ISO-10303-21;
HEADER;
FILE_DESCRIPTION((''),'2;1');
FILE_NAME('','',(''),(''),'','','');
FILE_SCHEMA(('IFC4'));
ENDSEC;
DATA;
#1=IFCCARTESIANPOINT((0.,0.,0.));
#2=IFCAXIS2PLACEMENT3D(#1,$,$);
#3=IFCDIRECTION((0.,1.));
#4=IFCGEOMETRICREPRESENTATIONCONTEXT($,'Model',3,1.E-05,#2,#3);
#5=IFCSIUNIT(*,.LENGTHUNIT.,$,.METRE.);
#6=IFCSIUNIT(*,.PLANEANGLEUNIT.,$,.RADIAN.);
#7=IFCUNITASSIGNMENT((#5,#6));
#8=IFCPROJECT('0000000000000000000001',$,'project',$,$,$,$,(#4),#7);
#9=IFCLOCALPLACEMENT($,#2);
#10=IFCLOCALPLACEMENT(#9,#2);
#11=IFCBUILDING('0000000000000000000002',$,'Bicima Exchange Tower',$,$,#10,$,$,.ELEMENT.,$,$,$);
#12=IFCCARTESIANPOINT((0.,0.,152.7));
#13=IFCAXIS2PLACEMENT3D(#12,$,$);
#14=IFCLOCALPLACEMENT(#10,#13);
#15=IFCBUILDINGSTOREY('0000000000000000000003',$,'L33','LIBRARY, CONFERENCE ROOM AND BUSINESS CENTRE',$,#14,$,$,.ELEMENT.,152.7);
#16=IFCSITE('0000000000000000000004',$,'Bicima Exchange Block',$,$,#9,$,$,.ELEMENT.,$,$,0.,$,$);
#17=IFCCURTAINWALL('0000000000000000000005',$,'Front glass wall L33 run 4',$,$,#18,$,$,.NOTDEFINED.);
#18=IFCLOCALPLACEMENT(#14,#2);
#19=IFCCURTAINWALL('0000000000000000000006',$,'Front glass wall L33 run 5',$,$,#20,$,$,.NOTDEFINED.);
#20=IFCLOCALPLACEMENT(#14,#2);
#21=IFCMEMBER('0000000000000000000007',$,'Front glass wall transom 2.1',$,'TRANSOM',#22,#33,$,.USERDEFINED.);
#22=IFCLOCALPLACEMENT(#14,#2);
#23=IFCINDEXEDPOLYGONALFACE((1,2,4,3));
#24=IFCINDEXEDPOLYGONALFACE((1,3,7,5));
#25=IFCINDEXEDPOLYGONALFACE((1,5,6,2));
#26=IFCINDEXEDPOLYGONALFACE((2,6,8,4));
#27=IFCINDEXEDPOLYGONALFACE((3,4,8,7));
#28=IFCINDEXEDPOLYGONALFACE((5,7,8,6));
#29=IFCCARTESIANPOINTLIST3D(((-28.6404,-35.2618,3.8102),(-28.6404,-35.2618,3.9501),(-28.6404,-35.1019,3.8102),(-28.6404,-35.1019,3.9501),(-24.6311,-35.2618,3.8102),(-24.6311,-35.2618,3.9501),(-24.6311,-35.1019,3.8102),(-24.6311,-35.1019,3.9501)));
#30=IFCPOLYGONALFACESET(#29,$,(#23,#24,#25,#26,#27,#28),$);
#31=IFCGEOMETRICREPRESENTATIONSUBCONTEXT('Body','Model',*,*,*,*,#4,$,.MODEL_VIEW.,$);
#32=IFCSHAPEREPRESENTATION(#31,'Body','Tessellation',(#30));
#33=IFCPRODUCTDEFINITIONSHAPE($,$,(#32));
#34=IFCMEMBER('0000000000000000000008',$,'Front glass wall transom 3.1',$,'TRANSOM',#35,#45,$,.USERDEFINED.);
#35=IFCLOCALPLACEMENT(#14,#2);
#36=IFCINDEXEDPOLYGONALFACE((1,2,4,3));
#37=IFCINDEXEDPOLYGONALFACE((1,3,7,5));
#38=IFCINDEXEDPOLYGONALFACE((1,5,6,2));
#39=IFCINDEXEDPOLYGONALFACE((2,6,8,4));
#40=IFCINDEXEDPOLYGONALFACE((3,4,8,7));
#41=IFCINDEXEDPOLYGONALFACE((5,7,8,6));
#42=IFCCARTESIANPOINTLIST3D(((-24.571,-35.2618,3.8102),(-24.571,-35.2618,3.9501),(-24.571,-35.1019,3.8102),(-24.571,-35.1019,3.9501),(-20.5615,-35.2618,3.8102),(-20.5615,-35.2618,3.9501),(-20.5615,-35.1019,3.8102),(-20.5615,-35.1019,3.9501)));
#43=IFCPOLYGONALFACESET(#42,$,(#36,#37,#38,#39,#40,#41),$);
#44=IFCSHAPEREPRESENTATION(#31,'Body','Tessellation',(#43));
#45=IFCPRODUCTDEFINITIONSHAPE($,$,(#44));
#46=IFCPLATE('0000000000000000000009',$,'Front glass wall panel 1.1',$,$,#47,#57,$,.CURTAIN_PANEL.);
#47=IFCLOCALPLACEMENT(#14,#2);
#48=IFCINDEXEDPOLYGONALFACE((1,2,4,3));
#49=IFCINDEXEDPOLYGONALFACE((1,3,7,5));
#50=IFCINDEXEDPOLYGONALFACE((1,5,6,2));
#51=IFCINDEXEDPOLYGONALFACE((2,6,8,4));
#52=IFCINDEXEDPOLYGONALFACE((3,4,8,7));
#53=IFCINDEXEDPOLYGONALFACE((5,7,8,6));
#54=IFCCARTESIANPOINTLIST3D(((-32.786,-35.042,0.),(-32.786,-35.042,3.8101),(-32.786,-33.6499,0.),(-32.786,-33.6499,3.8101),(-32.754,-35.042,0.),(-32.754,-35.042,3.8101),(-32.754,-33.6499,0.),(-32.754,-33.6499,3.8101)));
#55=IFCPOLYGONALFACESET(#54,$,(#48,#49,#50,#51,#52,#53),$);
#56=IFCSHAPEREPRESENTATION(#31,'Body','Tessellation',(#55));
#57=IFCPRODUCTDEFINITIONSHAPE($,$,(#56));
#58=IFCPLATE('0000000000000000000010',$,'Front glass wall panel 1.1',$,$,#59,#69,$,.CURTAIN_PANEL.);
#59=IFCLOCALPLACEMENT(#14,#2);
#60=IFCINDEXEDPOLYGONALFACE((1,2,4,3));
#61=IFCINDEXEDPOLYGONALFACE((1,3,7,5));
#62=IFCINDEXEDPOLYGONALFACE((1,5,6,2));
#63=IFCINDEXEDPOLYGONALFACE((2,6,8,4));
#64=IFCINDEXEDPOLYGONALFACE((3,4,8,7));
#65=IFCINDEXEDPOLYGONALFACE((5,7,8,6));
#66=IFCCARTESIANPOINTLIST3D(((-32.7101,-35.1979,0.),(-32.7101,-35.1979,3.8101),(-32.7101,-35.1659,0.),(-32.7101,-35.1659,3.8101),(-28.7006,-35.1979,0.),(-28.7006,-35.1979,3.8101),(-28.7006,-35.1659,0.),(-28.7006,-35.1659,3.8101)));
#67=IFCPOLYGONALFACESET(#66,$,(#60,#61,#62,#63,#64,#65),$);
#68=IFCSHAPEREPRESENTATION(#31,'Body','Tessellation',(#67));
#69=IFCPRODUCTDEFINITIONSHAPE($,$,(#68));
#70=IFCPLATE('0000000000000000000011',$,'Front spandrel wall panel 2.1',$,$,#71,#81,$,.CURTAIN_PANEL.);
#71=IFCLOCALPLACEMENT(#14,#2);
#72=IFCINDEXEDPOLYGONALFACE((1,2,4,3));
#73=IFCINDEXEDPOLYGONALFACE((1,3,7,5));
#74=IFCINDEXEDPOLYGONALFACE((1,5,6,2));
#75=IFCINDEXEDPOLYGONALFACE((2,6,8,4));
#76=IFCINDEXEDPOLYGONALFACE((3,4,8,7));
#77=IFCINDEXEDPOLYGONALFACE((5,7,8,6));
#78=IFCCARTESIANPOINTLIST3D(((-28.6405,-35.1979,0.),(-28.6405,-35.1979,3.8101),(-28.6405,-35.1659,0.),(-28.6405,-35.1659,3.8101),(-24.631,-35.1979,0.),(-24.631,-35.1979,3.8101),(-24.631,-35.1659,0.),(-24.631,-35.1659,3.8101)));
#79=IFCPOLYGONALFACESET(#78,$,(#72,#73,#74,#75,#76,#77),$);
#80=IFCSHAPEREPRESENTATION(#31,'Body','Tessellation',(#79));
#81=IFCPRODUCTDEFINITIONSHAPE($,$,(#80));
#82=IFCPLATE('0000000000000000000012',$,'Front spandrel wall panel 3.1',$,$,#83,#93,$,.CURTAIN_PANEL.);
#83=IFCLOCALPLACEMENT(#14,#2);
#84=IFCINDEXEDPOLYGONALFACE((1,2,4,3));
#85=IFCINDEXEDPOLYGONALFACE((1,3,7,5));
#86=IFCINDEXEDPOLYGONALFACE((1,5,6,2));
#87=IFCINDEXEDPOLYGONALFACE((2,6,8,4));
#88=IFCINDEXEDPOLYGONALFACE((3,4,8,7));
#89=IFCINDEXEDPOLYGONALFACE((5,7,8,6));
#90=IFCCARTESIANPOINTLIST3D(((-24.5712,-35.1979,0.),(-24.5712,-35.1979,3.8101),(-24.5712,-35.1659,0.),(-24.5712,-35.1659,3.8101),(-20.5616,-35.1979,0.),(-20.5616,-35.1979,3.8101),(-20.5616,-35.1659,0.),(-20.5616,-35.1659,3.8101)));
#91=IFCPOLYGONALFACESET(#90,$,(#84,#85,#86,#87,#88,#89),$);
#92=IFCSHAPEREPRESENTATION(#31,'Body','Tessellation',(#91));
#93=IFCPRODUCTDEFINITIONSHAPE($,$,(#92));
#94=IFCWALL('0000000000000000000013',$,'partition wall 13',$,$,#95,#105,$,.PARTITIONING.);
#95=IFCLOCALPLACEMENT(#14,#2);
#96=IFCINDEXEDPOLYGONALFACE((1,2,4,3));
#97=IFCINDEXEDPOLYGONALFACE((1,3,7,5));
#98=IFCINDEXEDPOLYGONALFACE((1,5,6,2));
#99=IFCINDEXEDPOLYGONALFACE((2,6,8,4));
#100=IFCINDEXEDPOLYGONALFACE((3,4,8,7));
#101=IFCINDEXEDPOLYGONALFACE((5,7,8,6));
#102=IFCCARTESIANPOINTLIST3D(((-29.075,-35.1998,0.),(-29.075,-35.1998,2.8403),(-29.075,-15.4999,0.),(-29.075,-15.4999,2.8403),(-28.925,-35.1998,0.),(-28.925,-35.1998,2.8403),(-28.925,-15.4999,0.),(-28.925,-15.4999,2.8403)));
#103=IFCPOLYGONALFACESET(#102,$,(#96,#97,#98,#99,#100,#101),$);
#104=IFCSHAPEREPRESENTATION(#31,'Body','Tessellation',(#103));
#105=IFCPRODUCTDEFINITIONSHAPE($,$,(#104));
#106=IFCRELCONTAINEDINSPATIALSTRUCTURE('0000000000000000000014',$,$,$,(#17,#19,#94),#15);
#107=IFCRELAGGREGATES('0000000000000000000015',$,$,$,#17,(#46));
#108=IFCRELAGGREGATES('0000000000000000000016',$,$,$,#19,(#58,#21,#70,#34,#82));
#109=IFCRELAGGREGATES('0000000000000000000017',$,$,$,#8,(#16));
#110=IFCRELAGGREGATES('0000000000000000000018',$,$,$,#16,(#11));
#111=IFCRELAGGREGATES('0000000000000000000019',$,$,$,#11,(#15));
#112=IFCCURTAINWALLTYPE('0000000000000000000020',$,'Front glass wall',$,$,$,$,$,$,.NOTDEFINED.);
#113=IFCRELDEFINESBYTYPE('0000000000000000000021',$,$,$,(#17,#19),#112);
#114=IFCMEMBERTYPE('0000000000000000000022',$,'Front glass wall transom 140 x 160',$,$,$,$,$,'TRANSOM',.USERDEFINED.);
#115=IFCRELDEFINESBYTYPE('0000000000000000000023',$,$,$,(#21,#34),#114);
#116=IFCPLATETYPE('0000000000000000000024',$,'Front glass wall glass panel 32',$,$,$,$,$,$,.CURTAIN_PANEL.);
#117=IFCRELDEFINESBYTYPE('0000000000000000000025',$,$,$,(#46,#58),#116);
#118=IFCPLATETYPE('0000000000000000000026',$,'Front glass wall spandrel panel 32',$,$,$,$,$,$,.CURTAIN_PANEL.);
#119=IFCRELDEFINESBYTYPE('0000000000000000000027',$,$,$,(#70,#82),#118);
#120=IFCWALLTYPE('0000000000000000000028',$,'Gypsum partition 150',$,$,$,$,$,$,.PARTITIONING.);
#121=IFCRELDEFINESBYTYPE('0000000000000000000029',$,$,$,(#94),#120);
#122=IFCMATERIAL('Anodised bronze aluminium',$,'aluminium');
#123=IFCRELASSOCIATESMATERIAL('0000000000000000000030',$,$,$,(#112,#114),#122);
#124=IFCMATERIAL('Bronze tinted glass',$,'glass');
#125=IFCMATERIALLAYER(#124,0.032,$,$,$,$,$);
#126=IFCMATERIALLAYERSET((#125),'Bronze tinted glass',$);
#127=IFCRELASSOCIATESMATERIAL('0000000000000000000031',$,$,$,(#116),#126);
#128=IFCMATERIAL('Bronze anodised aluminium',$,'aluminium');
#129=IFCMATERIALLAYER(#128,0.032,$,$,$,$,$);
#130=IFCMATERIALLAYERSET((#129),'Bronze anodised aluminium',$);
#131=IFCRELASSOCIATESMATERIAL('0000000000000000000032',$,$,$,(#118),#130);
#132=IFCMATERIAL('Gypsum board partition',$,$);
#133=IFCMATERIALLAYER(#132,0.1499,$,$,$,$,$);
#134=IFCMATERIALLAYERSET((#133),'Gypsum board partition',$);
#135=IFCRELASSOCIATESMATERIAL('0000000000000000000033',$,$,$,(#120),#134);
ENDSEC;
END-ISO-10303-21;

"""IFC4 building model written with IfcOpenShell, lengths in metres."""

from ifc_helpers import new_model, si_unit, direction, frame, frame_2d, origin, origin_2d, place, context, subcontext, project, spatial, rectangle, extrude, material, layer, layer_set, material_profile, profile_set, type_object, element, aggregate, save


model = new_model("IFC4")

# Units and contexts
model_context = context("Model", 3, precision=1e-05, world=origin(), true_north=direction((0.0, 1.0)))
body_context = subcontext(model_context, "Body", "Model", "MODEL_VIEW")
ifc_project = project(units=[si_unit("LENGTHUNIT", "METRE"), si_unit("PLANEANGLEUNIT", "RADIAN")], contexts=[model_context])

# Site, building, storey
site_placement = place(None, origin())
site = spatial("IfcSite", under=ifc_project, at=site_placement, Name="Bicima Exchange Block", CompositionType="ELEMENT", RefElevation=0.0)
building_placement = place(site_placement, origin())
building = spatial("IfcBuilding", under=site, at=building_placement, Name="Bicima Exchange Tower", CompositionType="ELEMENT")
storey_placement = place(building_placement, frame((0.0, 0.0, 152.7)))
storey = spatial("IfcBuildingStorey", under=building, at=storey_placement, Name="L33", Description="LIBRARY, CONFERENCE ROOM AND BUSINESS CENTRE", CompositionType="ELEMENT", Elevation=152.7)

# Curtain walls
ifc_material_1 = material(Name="Anodised bronze aluminium", Category="aluminium")
curtain_wall_type = type_object("IfcCurtainWallType", Name="Front glass wall", PredefinedType="NOTDEFINED", material=ifc_material_1)
curtain_wall_1_placement = place(storey_placement, origin())
curtain_wall_1 = element("IfcCurtainWall", 1, at=curtain_wall_1_placement, inside=storey, type_object=curtain_wall_type, Name="Front glass wall L33 run 4", PredefinedType="NOTDEFINED")
curtain_wall_2_placement = place(storey_placement, origin())
curtain_wall_2 = element("IfcCurtainWall", 2, at=curtain_wall_2_placement, inside=storey, type_object=curtain_wall_type, Name="Front glass wall L33 run 5", PredefinedType="NOTDEFINED")

# Members
ifc_material_profile_1 = material_profile(ifc_material_1, rectangle(XDim=0.1599, YDim=0.1399, at=origin_2d()))
ifc_profile_set_1 = profile_set([ifc_material_profile_1], Name="Anodised bronze aluminium")
member_type_1 = type_object("IfcMemberType", Name="Front glass wall transom 140 x 160", ElementType="TRANSOM", PredefinedType="USERDEFINED", material=ifc_profile_set_1)
member_1_placement = place(storey_placement, frame((-28.6404, -35.1819, 3.8801), z_axis=(1.0, 0.0, 0.0), x_axis=(0.0, 1.0, 0.0)))
member_1 = element("IfcMember", 3, at=member_1_placement, type_object=member_type_1, Name="Front glass wall transom 2.1", ObjectType="TRANSOM", PredefinedType="USERDEFINED", context=body_context, shape_type="SweptSolid", body=[
    extrude(rectangle(XDim=0.1599, YDim=0.1399, at=origin_2d()), origin(), (0.0, 0.0, 1.0), 4.0093),
])
member_2_placement = place(storey_placement, frame((-24.571, -35.1819, 3.8801), z_axis=(1.0, 0.0, 0.0), x_axis=(0.0, 1.0, 0.0)))
member_2 = element("IfcMember", 4, at=member_2_placement, type_object=member_type_1, Name="Front glass wall transom 3.1", ObjectType="TRANSOM", PredefinedType="USERDEFINED", context=body_context, shape_type="SweptSolid", body=[
    extrude(rectangle(XDim=0.1599, YDim=0.1399, at=origin_2d()), origin(), (0.0, 0.0, 1.0), 4.0095),
])

# Plates
ifc_material_2 = material(Name="Bronze tinted glass", Category="glass")
ifc_layer_1 = layer(ifc_material_2, 0.032)
ifc_layer_set_1 = layer_set([ifc_layer_1], Name="Bronze tinted glass")
plate_type_1 = type_object("IfcPlateType", Name="Front glass wall glass panel 32", PredefinedType="CURTAIN_PANEL", material=ifc_layer_set_1)
plate_1_placement = place(storey_placement, frame((-32.77, -34.3459, 0.0), z_axis=(0.0, 0.0, 1.0), x_axis=(0.0, -1.0, 0.0)))
plate_1 = element("IfcPlate", 5, at=plate_1_placement, type_object=plate_type_1, Name="Front glass wall panel 1.1", PredefinedType="CURTAIN_PANEL", context=body_context, shape_type="SweptSolid", body=[
    extrude(rectangle(XDim=1.3921, YDim=0.032, at=origin_2d()), origin(), (0.0, 0.0, 1.0), 3.8101),
])
aggregate(curtain_wall_1, [plate_1])
plate_2_placement = place(storey_placement, frame((-30.7053, -35.1819, 0.0), z_axis=(0.0, 0.0, 1.0), x_axis=(1.0, 0.0, 0.0)))
plate_2 = element("IfcPlate", 6, at=plate_2_placement, type_object=plate_type_1, Name="Front glass wall panel 1.1", PredefinedType="CURTAIN_PANEL", context=body_context, shape_type="SweptSolid", body=[
    extrude(rectangle(XDim=4.0095, YDim=0.032, at=origin_2d()), origin(), (0.0, 0.0, 1.0), 3.8101),
])
ifc_material_3 = material(Name="Bronze anodised aluminium", Category="aluminium")
ifc_layer_2 = layer(ifc_material_3, 0.032)
ifc_layer_set_2 = layer_set([ifc_layer_2], Name="Bronze anodised aluminium")
plate_type_2 = type_object("IfcPlateType", Name="Front glass wall spandrel panel 32", PredefinedType="CURTAIN_PANEL", material=ifc_layer_set_2)
plate_3_placement = place(storey_placement, frame((-26.6357, -35.1819, 0.0), z_axis=(0.0, 0.0, 1.0), x_axis=(1.0, 0.0, 0.0)))
plate_3 = element("IfcPlate", 7, at=plate_3_placement, type_object=plate_type_2, Name="Front spandrel wall panel 2.1", PredefinedType="CURTAIN_PANEL", context=body_context, shape_type="SweptSolid", body=[
    extrude(rectangle(XDim=4.0095, YDim=0.032, at=origin_2d()), origin(), (0.0, 0.0, 1.0), 3.8101),
])
plate_4_placement = place(storey_placement, frame((-22.5664, -35.1819, 0.0), z_axis=(0.0, 0.0, 1.0), x_axis=(1.0, 0.0, 0.0)))
plate_4 = element("IfcPlate", 8, at=plate_4_placement, type_object=plate_type_2, Name="Front spandrel wall panel 3.1", PredefinedType="CURTAIN_PANEL", context=body_context, shape_type="SweptSolid", body=[
    extrude(rectangle(XDim=4.0095, YDim=0.032, at=origin_2d()), origin(), (0.0, 0.0, 1.0), 3.8101),
])
aggregate(curtain_wall_2, [plate_2, member_1, plate_3, member_2, plate_4])

# Wall
ifc_material_4 = material(Name="Gypsum board partition")
ifc_layer_3 = layer(ifc_material_4, 0.1499)
ifc_layer_set_3 = layer_set([ifc_layer_3], Name="Gypsum board partition")
wall_type = type_object("IfcWallType", Name="Gypsum partition 150", PredefinedType="PARTITIONING", material=ifc_layer_set_3)
wall_placement = place(storey_placement, frame((-29.0, -35.2, 0.0), z_axis=(0.0, 0.0, 1.0), x_axis=(0.0, 1.0, 0.0)))
element("IfcWall", 9, at=wall_placement, inside=storey, type_object=wall_type, Name="partition wall 13", PredefinedType="PARTITIONING", context=body_context, shape_type="SweptSolid", body=[
    extrude(rectangle(XDim=19.7, YDim=0.1499, at=frame_2d((9.8501, 0.0))), origin(), (0.0, 0.0, 1.0), 2.8403),
])

save(model, "model.ifc")
